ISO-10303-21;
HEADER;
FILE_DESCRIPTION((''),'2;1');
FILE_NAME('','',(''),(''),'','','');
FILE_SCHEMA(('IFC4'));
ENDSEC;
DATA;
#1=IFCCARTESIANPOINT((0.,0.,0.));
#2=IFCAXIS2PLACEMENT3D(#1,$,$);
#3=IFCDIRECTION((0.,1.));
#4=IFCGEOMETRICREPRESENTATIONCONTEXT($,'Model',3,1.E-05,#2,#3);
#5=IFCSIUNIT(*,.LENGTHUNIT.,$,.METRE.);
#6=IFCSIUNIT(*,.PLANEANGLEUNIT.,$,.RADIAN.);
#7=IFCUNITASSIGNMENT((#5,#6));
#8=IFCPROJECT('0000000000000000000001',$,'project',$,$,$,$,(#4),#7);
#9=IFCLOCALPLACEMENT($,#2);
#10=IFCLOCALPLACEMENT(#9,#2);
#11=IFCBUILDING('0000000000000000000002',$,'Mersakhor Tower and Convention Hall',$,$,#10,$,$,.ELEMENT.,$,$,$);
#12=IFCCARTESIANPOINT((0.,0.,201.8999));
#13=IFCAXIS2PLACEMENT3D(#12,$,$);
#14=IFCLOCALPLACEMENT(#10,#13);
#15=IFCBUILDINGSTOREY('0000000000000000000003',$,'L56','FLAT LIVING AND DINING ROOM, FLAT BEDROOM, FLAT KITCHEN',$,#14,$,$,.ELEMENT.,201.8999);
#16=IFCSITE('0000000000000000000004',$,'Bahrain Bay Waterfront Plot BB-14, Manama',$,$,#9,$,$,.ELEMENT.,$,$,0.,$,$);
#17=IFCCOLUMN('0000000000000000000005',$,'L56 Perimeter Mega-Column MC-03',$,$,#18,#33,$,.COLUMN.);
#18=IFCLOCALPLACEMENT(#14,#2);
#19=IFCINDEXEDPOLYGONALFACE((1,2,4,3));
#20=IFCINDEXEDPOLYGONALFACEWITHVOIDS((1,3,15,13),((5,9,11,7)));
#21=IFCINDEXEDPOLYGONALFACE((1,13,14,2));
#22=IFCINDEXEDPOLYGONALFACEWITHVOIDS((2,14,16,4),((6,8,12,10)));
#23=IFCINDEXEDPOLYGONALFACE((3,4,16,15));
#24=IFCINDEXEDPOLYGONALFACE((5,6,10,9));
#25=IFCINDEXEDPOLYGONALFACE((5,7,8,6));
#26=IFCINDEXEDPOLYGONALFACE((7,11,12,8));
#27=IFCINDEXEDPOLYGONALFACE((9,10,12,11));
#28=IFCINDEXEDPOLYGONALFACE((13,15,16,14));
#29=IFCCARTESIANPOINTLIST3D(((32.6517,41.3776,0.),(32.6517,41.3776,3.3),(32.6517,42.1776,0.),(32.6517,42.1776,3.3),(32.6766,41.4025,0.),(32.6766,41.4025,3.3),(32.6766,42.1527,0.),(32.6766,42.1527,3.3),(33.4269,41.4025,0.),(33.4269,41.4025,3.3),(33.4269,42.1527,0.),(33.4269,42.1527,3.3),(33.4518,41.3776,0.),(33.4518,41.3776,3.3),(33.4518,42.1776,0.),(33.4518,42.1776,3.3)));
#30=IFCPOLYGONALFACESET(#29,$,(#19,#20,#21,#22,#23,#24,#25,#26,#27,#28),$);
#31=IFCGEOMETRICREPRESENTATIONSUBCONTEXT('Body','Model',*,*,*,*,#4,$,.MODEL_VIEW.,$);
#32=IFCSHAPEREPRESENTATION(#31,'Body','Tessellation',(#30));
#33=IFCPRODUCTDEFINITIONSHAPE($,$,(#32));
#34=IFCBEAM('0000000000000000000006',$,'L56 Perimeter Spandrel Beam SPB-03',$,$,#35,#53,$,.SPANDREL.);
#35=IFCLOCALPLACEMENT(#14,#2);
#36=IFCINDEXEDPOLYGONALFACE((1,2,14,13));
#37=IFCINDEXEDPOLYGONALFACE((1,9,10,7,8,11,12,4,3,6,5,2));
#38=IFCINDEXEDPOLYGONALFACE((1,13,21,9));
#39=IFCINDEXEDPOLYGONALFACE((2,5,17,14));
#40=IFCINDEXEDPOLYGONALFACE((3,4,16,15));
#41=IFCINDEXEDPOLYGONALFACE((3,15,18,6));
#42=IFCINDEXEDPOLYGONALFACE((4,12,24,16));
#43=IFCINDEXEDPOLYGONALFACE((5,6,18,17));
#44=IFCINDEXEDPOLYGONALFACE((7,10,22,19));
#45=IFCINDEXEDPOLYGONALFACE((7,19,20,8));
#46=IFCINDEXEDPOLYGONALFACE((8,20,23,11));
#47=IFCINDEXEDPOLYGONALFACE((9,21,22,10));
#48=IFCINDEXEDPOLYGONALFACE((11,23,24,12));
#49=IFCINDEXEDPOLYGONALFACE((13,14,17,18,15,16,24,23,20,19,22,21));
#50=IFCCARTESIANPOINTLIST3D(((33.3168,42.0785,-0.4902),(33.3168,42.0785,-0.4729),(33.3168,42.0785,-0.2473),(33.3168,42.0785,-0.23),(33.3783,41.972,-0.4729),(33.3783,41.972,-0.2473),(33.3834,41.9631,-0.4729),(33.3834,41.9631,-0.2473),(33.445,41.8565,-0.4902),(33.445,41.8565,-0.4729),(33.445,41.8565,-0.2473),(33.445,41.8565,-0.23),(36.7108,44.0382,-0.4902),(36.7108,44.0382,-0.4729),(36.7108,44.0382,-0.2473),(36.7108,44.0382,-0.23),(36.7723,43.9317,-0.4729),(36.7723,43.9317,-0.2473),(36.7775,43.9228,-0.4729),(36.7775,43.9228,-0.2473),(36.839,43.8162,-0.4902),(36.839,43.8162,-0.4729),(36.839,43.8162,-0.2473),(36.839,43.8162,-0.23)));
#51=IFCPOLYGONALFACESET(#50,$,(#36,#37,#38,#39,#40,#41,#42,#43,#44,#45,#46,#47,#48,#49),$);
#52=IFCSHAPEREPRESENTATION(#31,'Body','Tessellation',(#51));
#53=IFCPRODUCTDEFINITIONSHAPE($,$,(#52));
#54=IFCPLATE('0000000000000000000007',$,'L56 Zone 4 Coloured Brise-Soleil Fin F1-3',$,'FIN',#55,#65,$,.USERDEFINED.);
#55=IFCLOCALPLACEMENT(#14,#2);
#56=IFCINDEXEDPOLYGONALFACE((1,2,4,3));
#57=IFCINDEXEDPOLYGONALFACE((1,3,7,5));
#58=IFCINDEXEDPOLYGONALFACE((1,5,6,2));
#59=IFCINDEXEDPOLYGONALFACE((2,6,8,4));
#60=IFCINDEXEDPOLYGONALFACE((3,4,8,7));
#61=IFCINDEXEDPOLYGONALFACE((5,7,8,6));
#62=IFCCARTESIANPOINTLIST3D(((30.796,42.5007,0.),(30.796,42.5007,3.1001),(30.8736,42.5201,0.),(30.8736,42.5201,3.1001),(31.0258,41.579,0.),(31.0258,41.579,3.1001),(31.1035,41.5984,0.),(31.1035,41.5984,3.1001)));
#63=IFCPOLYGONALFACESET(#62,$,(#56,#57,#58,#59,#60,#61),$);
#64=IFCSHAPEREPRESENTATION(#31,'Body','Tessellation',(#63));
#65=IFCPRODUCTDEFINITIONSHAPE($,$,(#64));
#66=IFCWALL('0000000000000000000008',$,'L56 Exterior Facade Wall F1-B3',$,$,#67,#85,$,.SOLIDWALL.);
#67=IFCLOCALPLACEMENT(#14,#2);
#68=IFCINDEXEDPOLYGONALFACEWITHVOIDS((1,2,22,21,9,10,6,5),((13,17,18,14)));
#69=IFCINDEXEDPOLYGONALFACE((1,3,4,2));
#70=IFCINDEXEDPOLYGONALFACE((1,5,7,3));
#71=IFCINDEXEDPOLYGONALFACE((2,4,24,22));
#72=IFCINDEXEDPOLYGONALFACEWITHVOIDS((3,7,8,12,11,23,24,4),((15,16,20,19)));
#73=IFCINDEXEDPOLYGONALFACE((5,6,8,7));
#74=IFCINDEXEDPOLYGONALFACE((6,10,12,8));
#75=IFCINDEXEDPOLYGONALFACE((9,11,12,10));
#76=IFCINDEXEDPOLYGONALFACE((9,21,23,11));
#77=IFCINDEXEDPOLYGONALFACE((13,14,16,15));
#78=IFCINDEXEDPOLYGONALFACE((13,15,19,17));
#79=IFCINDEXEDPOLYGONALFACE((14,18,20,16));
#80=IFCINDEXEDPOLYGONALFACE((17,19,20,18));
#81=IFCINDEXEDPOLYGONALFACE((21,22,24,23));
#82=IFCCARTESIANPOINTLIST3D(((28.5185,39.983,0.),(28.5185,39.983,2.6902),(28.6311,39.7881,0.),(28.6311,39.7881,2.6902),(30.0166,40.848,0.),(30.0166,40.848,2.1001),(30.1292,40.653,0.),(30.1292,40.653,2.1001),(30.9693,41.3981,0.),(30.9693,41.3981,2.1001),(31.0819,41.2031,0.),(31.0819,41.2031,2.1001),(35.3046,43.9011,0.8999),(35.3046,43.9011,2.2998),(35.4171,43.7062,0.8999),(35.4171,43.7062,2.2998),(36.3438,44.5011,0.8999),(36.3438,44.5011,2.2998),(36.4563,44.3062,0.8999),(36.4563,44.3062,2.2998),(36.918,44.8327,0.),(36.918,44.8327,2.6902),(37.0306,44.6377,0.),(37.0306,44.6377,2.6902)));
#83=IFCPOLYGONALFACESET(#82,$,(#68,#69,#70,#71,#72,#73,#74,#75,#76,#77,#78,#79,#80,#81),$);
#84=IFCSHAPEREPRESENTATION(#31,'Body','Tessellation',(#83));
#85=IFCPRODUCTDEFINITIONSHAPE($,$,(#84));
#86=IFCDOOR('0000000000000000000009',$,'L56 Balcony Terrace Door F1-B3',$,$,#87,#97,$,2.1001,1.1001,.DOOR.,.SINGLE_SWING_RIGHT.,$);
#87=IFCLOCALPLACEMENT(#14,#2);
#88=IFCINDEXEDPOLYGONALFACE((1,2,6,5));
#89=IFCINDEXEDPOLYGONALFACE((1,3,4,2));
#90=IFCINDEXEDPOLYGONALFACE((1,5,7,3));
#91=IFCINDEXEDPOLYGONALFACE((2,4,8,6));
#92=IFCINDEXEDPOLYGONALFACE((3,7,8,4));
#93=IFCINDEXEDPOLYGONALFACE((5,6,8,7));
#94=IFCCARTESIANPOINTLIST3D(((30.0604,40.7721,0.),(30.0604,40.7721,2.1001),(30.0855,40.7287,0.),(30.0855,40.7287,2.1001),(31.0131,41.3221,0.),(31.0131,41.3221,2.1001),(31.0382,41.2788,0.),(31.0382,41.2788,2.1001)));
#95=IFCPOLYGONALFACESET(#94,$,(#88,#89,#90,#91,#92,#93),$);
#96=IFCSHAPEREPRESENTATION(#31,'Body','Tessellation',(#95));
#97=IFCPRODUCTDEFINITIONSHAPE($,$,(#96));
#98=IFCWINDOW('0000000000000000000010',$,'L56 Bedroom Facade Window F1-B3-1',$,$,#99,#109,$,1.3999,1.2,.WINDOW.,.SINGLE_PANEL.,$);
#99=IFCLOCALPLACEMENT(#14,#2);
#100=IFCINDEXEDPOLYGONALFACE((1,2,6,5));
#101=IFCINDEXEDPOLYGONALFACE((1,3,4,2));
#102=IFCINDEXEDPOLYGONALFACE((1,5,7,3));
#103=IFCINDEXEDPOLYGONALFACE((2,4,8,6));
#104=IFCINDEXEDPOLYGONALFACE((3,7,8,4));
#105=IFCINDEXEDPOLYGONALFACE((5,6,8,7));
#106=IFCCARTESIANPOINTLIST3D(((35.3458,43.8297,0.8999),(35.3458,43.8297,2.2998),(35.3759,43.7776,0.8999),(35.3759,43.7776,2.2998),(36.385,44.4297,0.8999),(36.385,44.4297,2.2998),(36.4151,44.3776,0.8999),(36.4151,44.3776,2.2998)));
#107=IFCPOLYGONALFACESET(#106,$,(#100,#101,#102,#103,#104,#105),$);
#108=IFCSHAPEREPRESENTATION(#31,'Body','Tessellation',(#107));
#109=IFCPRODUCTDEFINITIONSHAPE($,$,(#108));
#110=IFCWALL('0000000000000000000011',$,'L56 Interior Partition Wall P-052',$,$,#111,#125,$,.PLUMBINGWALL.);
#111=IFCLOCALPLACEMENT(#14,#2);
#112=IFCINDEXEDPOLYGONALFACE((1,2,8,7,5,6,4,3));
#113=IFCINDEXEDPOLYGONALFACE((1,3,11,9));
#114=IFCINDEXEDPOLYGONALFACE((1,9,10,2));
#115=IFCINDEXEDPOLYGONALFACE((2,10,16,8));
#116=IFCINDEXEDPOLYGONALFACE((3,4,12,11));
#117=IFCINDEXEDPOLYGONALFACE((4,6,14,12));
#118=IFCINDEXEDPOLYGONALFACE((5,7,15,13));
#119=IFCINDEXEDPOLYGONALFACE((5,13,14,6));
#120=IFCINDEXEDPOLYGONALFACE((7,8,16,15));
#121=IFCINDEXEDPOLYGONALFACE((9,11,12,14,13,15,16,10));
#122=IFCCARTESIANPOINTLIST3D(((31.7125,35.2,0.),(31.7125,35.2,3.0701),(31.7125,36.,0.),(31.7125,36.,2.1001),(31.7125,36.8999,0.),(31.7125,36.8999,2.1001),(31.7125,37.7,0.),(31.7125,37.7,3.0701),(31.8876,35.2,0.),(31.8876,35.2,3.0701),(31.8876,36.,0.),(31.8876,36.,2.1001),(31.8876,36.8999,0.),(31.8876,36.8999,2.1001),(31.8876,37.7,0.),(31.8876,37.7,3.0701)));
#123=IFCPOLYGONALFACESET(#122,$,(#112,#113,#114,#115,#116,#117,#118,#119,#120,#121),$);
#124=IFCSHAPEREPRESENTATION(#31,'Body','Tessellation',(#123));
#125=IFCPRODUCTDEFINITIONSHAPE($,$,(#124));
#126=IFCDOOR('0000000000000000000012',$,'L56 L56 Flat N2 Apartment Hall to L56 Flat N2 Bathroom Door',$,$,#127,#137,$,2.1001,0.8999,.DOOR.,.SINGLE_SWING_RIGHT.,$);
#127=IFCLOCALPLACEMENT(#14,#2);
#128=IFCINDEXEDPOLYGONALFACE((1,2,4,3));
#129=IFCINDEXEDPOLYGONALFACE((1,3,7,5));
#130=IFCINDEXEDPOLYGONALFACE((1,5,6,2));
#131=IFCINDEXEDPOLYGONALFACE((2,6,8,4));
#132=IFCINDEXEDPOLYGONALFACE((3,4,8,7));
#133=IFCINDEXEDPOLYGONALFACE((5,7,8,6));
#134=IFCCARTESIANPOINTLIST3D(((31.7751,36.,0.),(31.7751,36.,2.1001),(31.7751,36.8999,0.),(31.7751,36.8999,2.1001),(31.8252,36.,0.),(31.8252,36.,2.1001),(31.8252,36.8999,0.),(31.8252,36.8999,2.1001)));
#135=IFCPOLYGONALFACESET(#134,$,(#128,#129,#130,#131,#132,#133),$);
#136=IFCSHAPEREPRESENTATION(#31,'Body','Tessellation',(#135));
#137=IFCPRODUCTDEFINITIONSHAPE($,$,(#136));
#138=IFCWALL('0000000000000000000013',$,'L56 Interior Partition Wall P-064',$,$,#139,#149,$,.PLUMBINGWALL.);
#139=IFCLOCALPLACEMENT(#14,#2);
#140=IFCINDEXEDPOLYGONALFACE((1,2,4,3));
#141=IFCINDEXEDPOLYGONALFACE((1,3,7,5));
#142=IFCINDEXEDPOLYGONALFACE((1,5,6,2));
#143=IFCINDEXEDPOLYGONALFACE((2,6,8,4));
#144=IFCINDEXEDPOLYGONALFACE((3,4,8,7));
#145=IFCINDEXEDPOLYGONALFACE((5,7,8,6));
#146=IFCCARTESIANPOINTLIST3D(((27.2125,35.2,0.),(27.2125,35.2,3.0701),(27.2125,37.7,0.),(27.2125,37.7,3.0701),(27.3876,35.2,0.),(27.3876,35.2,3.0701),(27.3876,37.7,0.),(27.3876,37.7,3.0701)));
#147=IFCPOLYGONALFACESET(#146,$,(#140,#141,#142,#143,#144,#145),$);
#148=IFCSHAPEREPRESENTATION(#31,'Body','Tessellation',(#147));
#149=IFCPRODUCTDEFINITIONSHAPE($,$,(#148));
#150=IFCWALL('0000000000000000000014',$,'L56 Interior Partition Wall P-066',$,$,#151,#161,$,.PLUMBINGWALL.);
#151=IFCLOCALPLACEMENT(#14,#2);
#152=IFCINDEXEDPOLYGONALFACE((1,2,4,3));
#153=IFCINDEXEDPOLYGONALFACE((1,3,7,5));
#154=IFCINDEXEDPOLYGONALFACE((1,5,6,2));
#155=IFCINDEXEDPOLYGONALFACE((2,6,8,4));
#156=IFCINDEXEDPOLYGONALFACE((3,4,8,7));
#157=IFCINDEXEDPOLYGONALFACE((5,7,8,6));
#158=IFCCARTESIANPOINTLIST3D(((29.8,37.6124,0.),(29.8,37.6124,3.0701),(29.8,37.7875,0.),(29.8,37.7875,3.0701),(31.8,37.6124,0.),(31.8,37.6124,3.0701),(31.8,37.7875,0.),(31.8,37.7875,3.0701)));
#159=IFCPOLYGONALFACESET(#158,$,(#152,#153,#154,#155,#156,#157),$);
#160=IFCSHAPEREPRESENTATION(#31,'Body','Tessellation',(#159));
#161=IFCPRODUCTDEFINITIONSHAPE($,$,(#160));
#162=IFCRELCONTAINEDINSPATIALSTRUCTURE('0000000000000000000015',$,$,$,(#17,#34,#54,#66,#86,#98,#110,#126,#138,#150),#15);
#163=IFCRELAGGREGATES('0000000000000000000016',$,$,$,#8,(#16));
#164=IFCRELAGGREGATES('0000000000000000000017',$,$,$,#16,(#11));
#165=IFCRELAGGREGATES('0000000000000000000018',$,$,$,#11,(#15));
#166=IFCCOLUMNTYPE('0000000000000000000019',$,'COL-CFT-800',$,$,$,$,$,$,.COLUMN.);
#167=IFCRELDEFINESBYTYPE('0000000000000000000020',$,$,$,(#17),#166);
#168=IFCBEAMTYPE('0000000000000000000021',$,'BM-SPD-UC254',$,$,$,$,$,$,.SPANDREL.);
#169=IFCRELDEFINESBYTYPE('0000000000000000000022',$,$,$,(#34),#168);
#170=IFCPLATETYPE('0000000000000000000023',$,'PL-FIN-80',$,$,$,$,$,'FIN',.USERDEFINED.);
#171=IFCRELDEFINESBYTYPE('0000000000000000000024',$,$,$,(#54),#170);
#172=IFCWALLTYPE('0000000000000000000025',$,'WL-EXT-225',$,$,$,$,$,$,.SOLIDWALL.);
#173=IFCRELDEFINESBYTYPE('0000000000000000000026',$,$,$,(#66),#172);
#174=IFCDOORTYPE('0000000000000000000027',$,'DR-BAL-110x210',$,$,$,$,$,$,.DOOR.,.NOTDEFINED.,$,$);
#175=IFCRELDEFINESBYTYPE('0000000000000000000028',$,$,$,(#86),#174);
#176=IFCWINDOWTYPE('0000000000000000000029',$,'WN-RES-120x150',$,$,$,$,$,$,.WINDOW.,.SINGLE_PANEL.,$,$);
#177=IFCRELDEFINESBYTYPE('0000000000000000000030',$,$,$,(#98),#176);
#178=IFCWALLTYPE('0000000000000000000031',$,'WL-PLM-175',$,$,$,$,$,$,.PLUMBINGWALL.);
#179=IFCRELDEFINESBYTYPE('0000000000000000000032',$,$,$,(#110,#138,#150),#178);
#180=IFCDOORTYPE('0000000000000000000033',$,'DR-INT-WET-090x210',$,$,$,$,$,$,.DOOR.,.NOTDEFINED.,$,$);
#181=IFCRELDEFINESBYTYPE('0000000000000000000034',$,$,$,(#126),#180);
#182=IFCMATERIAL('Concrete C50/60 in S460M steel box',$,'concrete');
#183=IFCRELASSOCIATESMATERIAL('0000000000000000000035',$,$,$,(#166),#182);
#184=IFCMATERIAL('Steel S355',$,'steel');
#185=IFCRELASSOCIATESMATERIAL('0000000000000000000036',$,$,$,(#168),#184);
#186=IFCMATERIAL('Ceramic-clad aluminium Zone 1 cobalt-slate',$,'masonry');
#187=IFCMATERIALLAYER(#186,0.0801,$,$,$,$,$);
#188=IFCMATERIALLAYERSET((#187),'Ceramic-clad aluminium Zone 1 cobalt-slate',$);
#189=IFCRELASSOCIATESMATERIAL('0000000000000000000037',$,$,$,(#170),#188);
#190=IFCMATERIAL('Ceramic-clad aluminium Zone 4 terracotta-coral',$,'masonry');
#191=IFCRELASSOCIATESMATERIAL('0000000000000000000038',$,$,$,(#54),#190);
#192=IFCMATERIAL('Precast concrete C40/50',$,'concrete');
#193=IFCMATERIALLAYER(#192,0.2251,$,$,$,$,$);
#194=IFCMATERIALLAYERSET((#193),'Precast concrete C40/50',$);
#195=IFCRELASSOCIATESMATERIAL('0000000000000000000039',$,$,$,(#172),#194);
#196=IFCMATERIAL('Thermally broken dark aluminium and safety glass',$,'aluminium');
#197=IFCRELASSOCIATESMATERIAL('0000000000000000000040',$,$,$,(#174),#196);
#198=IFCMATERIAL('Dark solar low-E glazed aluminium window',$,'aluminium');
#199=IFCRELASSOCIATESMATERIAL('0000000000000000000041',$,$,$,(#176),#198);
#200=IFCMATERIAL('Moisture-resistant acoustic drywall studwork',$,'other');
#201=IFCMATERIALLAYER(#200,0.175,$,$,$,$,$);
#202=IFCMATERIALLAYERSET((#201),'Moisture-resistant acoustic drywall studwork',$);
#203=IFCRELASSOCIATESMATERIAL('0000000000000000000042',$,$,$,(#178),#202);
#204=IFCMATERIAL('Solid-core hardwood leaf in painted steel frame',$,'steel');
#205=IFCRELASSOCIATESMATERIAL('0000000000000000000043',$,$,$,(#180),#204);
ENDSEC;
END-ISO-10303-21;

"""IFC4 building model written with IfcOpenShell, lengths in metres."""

from ifc_helpers import new_model, si_unit, direction, frame, frame_2d, origin, origin_2d, place, context, subcontext, project, spatial, rectangle, hollow_rectangle, i_section, extrude, material, layer, layer_set, material_profile, profile_set, type_object, element, fill, save


model = new_model("IFC4")

# Units and contexts
model_context = context("Model", 3, precision=1e-05, world=origin(), true_north=direction((0.0, 1.0)))
body_context = subcontext(model_context, "Body", "Model", "MODEL_VIEW")
ifc_project = project(units=[si_unit("LENGTHUNIT", "METRE"), si_unit("PLANEANGLEUNIT", "RADIAN")], contexts=[model_context])

# Site, building, storey
site_placement = place(None, origin())
site = spatial("IfcSite", under=ifc_project, at=site_placement, Name="Bahrain Bay Waterfront Plot BB-14, Manama", CompositionType="ELEMENT", RefElevation=0.0)
building_placement = place(site_placement, origin())
building = spatial("IfcBuilding", under=site, at=building_placement, Name="Mersakhor Tower and Convention Hall", CompositionType="ELEMENT")
storey_placement = place(building_placement, frame((0.0, 0.0, 201.8999)))
storey = spatial("IfcBuildingStorey", under=building, at=storey_placement, Name="L56", Description="FLAT LIVING AND DINING ROOM, FLAT BEDROOM, FLAT KITCHEN", CompositionType="ELEMENT", Elevation=201.8999)

# Column
ifc_material_1 = material(Name="Concrete C50/60 in S460M steel box", Category="concrete")
ifc_material_profile_1 = material_profile(ifc_material_1, hollow_rectangle(XDim=0.8, YDim=0.8, WallThickness=0.0249, at=origin_2d()), Name="SHS 800x800x25")
ifc_profile_set_1 = profile_set([ifc_material_profile_1], Name="Concrete C50/60 in S460M steel box")
column_type = type_object("IfcColumnType", Name="COL-CFT-800", PredefinedType="COLUMN", material=ifc_profile_set_1)
column_placement = place(storey_placement, frame((33.0518, 41.7776, 0.0), z_axis=(0.0, 0.0, 1.0), x_axis=(1.0, 0.0, 0.0)))
element("IfcColumn", 1, at=column_placement, inside=storey, type_object=column_type, Name="L56 Perimeter Mega-Column MC-03", PredefinedType="COLUMN", context=body_context, shape_type="SweptSolid", body=[
    extrude(hollow_rectangle(XDim=0.8, YDim=0.8, WallThickness=0.0249, at=origin_2d()), origin(), (0.0, 0.0, 1.0), 3.3),
])

# Beam
ifc_material_2 = material(Name="Steel S355", Category="steel")
ifc_material_profile_2 = material_profile(ifc_material_2, i_section(OverallWidth=0.2563, OverallDepth=0.2603, WebThickness=0.0103, FlangeThickness=0.0173, at=origin_2d()), Name="UC 254x254x89")
ifc_profile_set_2 = profile_set([ifc_material_profile_2], Name="Steel S355")
beam_type = type_object("IfcBeamType", Name="BM-SPD-UC254", PredefinedType="SPANDREL", material=ifc_profile_set_2)
beam_placement = place(storey_placement, frame((33.3809, 41.9675, -0.3601), z_axis=(0.866007, 0.500032, 0.0), x_axis=(-0.500032, 0.866007, 0.0)))
element("IfcBeam", 2, at=beam_placement, inside=storey, type_object=beam_type, Name="L56 Perimeter Spandrel Beam SPB-03", PredefinedType="SPANDREL", context=body_context, shape_type="SweptSolid", body=[
    extrude(i_section(OverallWidth=0.2563, OverallDepth=0.2603, WebThickness=0.0103, FlangeThickness=0.0173, at=origin_2d()), origin(), (0.0, 0.0, 1.0), 3.9192),
])

# Plate
ifc_material_3 = material(Name="Ceramic-clad aluminium Zone 4 terracotta-coral", Category="masonry")
ifc_material_4 = material(Name="Ceramic-clad aluminium Zone 1 cobalt-slate", Category="masonry")
ifc_layer_1 = layer(ifc_material_4, 0.0801)
ifc_layer_set_1 = layer_set([ifc_layer_1], Name="Ceramic-clad aluminium Zone 1 cobalt-slate")
plate_type = type_object("IfcPlateType", Name="PL-FIN-80", ElementType="FIN", PredefinedType="USERDEFINED", material=ifc_layer_set_1)
plate_placement = place(storey_placement, frame((30.9497, 42.0496, 0.0), z_axis=(0.0, 0.0, 1.0), x_axis=(-0.241922, 0.970296, 0.0)))
element("IfcPlate", 3, at=plate_placement, inside=storey, type_object=plate_type, material=ifc_material_3, Name="L56 Zone 4 Coloured Brise-Soleil Fin F1-3", ObjectType="FIN", PredefinedType="USERDEFINED", context=body_context, shape_type="SweptSolid", body=[
    extrude(rectangle(XDim=0.95, YDim=0.0801, at=origin_2d()), origin(), (0.0, 0.0, 1.0), 3.1001),
])

# Wall, openings, door, window
ifc_material_5 = material(Name="Precast concrete C40/50", Category="concrete")
ifc_layer_2 = layer(ifc_material_5, 0.2251)
ifc_layer_set_2 = layer_set([ifc_layer_2], Name="Precast concrete C40/50")
wall_type_1 = type_object("IfcWallType", Name="WL-EXT-225", PredefinedType="SOLIDWALL", material=ifc_layer_set_2)
wall_1_placement = place(storey_placement, frame((28.5747, 39.8855, 0.0), z_axis=(0.0, 0.0, 1.0), x_axis=(0.866016, 0.500016, 0.0)))
wall_1 = element("IfcWall", 4, at=wall_1_placement, inside=storey, type_object=wall_type_1, Name="L56 Exterior Facade Wall F1-B3", PredefinedType="SOLIDWALL", context=body_context, shape_type="SweptSolid", body=[
    extrude(rectangle(XDim=9.699, YDim=0.2251, at=frame_2d((4.8496, 0.0))), origin(), (0.0, 0.0, 1.0), 2.6902),
])
opening_1_placement = place(wall_1_placement, frame((1.73, 0.0, 0.0)))
opening_1 = element("IfcOpeningElement", 5, at=opening_1_placement, cuts=wall_1, PredefinedType="OPENING", context=body_context, shape_type="SweptSolid", body=[
    extrude(rectangle(XDim=1.1001, YDim=2.1001, at=frame_2d((0.55, 1.05))), frame((0.0, 0.1226, 0.0), z_axis=(0.0, -1.0, 0.0), x_axis=(1.0, 0.0, 0.0)), (0.0, 0.0, 1.0), 0.2451),
])
opening_2_placement = place(wall_1_placement, frame((7.8359, 0.0, 0.8999)))
opening_2 = element("IfcOpeningElement", 6, at=opening_2_placement, cuts=wall_1, PredefinedType="OPENING", context=body_context, shape_type="SweptSolid", body=[
    extrude(rectangle(XDim=1.2, YDim=1.3999, at=frame_2d((0.6001, 0.7))), frame((0.0, 0.1226, 0.0), z_axis=(0.0, -1.0, 0.0), x_axis=(1.0, 0.0, 0.0)), (0.0, 0.0, 1.0), 0.2451),
])
ifc_material_6 = material(Name="Thermally broken dark aluminium and safety glass", Category="aluminium")
door_type_1 = type_object("IfcDoorType", Name="DR-BAL-110x210", OperationType="NOTDEFINED", PredefinedType="DOOR", material=ifc_material_6)
door_1_placement = place(opening_1_placement, origin())
door_1 = element("IfcDoor", 7, at=door_1_placement, inside=storey, type_object=door_type_1, Name="L56 Balcony Terrace Door F1-B3", OperationType="SINGLE_SWING_RIGHT", OverallHeight=2.1001, OverallWidth=1.1001, PredefinedType="DOOR", context=body_context, shape_type="SweptSolid", body=[
    extrude(rectangle(XDim=1.1001, YDim=2.1001, at=frame_2d((0.55, 1.05))), frame((0.0, 0.0249, 0.0), z_axis=(0.0, -1.0, 0.0), x_axis=(1.0, 0.0, 0.0)), (0.0, 0.0, 1.0), 0.05),
])
fill(opening_1, door_1)
ifc_material_7 = material(Name="Dark solar low-E glazed aluminium window", Category="aluminium")
window_type = type_object("IfcWindowType", Name="WN-RES-120x150", PartitioningType="SINGLE_PANEL", PredefinedType="WINDOW", material=ifc_material_7)
window_placement = place(opening_2_placement, origin())
window = element("IfcWindow", 8, at=window_placement, inside=storey, type_object=window_type, Name="L56 Bedroom Facade Window F1-B3-1", OverallHeight=1.3999, OverallWidth=1.2, PartitioningType="SINGLE_PANEL", PredefinedType="WINDOW", context=body_context, shape_type="SweptSolid", body=[
    extrude(rectangle(XDim=1.2, YDim=1.3999, at=frame_2d((0.6001, 0.7))), frame((0.0, 0.03, 0.0), z_axis=(0.0, -1.0, 0.0), x_axis=(1.0, 0.0, 0.0)), (0.0, 0.0, 1.0), 0.0601),
])
fill(opening_2, window)

# Wall, opening, door
ifc_material_8 = material(Name="Moisture-resistant acoustic drywall studwork", Category="other")
ifc_layer_3 = layer(ifc_material_8, 0.175)
ifc_layer_set_3 = layer_set([ifc_layer_3], Name="Moisture-resistant acoustic drywall studwork")
wall_type_2 = type_object("IfcWallType", Name="WL-PLM-175", PredefinedType="PLUMBINGWALL", material=ifc_layer_set_3)
wall_2_placement = place(storey_placement, frame((31.8, 35.2, 0.0), z_axis=(0.0, 0.0, 1.0), x_axis=(0.0, 1.0, 0.0)))
wall_2 = element("IfcWall", 9, at=wall_2_placement, inside=storey, type_object=wall_type_2, Name="L56 Interior Partition Wall P-052", PredefinedType="PLUMBINGWALL", context=body_context, shape_type="SweptSolid", body=[
    extrude(rectangle(XDim=2.5, YDim=0.175, at=frame_2d((1.25, 0.0))), origin(), (0.0, 0.0, 1.0), 3.0701),
])
opening_3_placement = place(wall_2_placement, frame((0.8, 0.0, 0.0)))
opening_3 = element("IfcOpeningElement", 10, at=opening_3_placement, cuts=wall_2, PredefinedType="OPENING", context=body_context, shape_type="SweptSolid", body=[
    extrude(rectangle(XDim=0.8999, YDim=2.1001, at=frame_2d((0.45, 1.05))), frame((0.0, 0.0974, 0.0), z_axis=(0.0, -1.0, 0.0), x_axis=(1.0, 0.0, 0.0)), (0.0, 0.0, 1.0), 0.1951),
])
ifc_material_9 = material(Name="Solid-core hardwood leaf in painted steel frame", Category="steel")
door_type_2 = type_object("IfcDoorType", Name="DR-INT-WET-090x210", OperationType="NOTDEFINED", PredefinedType="DOOR", material=ifc_material_9)
door_2_placement = place(opening_3_placement, origin())
door_2 = element("IfcDoor", 11, at=door_2_placement, inside=storey, type_object=door_type_2, Name="L56 L56 Flat N2 Apartment Hall to L56 Flat N2 Bathroom Door", OperationType="SINGLE_SWING_RIGHT", OverallHeight=2.1001, OverallWidth=0.8999, PredefinedType="DOOR", context=body_context, shape_type="SweptSolid", body=[
    extrude(rectangle(XDim=0.8999, YDim=2.1001, at=frame_2d((0.45, 1.05))), frame((0.0, 0.0249, 0.0), z_axis=(0.0, -1.0, 0.0), x_axis=(1.0, 0.0, 0.0)), (0.0, 0.0, 1.0), 0.05),
])
fill(opening_3, door_2)

# Walls
wall_3_placement = place(storey_placement, frame((27.3, 37.7, 0.0), z_axis=(0.0, 0.0, 1.0), x_axis=(0.0, -1.0, 0.0)))
element("IfcWall", 12, at=wall_3_placement, inside=storey, type_object=wall_type_2, Name="L56 Interior Partition Wall P-064", PredefinedType="PLUMBINGWALL", context=body_context, shape_type="SweptSolid", body=[
    extrude(rectangle(XDim=2.5, YDim=0.175, at=frame_2d((1.25, 0.0))), origin(), (0.0, 0.0, 1.0), 3.0701),
])
wall_4_placement = place(storey_placement, frame((29.8, 37.7, 0.0), z_axis=(0.0, 0.0, 1.0), x_axis=(1.0, 0.0, 0.0)))
element("IfcWall", 13, at=wall_4_placement, inside=storey, type_object=wall_type_2, Name="L56 Interior Partition Wall P-066", PredefinedType="PLUMBINGWALL", context=body_context, shape_type="SweptSolid", body=[
    extrude(rectangle(XDim=2.0, YDim=0.175, at=frame_2d((1.0, 0.0))), origin(), (0.0, 0.0, 1.0), 3.0701),
])

save(model, "model.ifc")
